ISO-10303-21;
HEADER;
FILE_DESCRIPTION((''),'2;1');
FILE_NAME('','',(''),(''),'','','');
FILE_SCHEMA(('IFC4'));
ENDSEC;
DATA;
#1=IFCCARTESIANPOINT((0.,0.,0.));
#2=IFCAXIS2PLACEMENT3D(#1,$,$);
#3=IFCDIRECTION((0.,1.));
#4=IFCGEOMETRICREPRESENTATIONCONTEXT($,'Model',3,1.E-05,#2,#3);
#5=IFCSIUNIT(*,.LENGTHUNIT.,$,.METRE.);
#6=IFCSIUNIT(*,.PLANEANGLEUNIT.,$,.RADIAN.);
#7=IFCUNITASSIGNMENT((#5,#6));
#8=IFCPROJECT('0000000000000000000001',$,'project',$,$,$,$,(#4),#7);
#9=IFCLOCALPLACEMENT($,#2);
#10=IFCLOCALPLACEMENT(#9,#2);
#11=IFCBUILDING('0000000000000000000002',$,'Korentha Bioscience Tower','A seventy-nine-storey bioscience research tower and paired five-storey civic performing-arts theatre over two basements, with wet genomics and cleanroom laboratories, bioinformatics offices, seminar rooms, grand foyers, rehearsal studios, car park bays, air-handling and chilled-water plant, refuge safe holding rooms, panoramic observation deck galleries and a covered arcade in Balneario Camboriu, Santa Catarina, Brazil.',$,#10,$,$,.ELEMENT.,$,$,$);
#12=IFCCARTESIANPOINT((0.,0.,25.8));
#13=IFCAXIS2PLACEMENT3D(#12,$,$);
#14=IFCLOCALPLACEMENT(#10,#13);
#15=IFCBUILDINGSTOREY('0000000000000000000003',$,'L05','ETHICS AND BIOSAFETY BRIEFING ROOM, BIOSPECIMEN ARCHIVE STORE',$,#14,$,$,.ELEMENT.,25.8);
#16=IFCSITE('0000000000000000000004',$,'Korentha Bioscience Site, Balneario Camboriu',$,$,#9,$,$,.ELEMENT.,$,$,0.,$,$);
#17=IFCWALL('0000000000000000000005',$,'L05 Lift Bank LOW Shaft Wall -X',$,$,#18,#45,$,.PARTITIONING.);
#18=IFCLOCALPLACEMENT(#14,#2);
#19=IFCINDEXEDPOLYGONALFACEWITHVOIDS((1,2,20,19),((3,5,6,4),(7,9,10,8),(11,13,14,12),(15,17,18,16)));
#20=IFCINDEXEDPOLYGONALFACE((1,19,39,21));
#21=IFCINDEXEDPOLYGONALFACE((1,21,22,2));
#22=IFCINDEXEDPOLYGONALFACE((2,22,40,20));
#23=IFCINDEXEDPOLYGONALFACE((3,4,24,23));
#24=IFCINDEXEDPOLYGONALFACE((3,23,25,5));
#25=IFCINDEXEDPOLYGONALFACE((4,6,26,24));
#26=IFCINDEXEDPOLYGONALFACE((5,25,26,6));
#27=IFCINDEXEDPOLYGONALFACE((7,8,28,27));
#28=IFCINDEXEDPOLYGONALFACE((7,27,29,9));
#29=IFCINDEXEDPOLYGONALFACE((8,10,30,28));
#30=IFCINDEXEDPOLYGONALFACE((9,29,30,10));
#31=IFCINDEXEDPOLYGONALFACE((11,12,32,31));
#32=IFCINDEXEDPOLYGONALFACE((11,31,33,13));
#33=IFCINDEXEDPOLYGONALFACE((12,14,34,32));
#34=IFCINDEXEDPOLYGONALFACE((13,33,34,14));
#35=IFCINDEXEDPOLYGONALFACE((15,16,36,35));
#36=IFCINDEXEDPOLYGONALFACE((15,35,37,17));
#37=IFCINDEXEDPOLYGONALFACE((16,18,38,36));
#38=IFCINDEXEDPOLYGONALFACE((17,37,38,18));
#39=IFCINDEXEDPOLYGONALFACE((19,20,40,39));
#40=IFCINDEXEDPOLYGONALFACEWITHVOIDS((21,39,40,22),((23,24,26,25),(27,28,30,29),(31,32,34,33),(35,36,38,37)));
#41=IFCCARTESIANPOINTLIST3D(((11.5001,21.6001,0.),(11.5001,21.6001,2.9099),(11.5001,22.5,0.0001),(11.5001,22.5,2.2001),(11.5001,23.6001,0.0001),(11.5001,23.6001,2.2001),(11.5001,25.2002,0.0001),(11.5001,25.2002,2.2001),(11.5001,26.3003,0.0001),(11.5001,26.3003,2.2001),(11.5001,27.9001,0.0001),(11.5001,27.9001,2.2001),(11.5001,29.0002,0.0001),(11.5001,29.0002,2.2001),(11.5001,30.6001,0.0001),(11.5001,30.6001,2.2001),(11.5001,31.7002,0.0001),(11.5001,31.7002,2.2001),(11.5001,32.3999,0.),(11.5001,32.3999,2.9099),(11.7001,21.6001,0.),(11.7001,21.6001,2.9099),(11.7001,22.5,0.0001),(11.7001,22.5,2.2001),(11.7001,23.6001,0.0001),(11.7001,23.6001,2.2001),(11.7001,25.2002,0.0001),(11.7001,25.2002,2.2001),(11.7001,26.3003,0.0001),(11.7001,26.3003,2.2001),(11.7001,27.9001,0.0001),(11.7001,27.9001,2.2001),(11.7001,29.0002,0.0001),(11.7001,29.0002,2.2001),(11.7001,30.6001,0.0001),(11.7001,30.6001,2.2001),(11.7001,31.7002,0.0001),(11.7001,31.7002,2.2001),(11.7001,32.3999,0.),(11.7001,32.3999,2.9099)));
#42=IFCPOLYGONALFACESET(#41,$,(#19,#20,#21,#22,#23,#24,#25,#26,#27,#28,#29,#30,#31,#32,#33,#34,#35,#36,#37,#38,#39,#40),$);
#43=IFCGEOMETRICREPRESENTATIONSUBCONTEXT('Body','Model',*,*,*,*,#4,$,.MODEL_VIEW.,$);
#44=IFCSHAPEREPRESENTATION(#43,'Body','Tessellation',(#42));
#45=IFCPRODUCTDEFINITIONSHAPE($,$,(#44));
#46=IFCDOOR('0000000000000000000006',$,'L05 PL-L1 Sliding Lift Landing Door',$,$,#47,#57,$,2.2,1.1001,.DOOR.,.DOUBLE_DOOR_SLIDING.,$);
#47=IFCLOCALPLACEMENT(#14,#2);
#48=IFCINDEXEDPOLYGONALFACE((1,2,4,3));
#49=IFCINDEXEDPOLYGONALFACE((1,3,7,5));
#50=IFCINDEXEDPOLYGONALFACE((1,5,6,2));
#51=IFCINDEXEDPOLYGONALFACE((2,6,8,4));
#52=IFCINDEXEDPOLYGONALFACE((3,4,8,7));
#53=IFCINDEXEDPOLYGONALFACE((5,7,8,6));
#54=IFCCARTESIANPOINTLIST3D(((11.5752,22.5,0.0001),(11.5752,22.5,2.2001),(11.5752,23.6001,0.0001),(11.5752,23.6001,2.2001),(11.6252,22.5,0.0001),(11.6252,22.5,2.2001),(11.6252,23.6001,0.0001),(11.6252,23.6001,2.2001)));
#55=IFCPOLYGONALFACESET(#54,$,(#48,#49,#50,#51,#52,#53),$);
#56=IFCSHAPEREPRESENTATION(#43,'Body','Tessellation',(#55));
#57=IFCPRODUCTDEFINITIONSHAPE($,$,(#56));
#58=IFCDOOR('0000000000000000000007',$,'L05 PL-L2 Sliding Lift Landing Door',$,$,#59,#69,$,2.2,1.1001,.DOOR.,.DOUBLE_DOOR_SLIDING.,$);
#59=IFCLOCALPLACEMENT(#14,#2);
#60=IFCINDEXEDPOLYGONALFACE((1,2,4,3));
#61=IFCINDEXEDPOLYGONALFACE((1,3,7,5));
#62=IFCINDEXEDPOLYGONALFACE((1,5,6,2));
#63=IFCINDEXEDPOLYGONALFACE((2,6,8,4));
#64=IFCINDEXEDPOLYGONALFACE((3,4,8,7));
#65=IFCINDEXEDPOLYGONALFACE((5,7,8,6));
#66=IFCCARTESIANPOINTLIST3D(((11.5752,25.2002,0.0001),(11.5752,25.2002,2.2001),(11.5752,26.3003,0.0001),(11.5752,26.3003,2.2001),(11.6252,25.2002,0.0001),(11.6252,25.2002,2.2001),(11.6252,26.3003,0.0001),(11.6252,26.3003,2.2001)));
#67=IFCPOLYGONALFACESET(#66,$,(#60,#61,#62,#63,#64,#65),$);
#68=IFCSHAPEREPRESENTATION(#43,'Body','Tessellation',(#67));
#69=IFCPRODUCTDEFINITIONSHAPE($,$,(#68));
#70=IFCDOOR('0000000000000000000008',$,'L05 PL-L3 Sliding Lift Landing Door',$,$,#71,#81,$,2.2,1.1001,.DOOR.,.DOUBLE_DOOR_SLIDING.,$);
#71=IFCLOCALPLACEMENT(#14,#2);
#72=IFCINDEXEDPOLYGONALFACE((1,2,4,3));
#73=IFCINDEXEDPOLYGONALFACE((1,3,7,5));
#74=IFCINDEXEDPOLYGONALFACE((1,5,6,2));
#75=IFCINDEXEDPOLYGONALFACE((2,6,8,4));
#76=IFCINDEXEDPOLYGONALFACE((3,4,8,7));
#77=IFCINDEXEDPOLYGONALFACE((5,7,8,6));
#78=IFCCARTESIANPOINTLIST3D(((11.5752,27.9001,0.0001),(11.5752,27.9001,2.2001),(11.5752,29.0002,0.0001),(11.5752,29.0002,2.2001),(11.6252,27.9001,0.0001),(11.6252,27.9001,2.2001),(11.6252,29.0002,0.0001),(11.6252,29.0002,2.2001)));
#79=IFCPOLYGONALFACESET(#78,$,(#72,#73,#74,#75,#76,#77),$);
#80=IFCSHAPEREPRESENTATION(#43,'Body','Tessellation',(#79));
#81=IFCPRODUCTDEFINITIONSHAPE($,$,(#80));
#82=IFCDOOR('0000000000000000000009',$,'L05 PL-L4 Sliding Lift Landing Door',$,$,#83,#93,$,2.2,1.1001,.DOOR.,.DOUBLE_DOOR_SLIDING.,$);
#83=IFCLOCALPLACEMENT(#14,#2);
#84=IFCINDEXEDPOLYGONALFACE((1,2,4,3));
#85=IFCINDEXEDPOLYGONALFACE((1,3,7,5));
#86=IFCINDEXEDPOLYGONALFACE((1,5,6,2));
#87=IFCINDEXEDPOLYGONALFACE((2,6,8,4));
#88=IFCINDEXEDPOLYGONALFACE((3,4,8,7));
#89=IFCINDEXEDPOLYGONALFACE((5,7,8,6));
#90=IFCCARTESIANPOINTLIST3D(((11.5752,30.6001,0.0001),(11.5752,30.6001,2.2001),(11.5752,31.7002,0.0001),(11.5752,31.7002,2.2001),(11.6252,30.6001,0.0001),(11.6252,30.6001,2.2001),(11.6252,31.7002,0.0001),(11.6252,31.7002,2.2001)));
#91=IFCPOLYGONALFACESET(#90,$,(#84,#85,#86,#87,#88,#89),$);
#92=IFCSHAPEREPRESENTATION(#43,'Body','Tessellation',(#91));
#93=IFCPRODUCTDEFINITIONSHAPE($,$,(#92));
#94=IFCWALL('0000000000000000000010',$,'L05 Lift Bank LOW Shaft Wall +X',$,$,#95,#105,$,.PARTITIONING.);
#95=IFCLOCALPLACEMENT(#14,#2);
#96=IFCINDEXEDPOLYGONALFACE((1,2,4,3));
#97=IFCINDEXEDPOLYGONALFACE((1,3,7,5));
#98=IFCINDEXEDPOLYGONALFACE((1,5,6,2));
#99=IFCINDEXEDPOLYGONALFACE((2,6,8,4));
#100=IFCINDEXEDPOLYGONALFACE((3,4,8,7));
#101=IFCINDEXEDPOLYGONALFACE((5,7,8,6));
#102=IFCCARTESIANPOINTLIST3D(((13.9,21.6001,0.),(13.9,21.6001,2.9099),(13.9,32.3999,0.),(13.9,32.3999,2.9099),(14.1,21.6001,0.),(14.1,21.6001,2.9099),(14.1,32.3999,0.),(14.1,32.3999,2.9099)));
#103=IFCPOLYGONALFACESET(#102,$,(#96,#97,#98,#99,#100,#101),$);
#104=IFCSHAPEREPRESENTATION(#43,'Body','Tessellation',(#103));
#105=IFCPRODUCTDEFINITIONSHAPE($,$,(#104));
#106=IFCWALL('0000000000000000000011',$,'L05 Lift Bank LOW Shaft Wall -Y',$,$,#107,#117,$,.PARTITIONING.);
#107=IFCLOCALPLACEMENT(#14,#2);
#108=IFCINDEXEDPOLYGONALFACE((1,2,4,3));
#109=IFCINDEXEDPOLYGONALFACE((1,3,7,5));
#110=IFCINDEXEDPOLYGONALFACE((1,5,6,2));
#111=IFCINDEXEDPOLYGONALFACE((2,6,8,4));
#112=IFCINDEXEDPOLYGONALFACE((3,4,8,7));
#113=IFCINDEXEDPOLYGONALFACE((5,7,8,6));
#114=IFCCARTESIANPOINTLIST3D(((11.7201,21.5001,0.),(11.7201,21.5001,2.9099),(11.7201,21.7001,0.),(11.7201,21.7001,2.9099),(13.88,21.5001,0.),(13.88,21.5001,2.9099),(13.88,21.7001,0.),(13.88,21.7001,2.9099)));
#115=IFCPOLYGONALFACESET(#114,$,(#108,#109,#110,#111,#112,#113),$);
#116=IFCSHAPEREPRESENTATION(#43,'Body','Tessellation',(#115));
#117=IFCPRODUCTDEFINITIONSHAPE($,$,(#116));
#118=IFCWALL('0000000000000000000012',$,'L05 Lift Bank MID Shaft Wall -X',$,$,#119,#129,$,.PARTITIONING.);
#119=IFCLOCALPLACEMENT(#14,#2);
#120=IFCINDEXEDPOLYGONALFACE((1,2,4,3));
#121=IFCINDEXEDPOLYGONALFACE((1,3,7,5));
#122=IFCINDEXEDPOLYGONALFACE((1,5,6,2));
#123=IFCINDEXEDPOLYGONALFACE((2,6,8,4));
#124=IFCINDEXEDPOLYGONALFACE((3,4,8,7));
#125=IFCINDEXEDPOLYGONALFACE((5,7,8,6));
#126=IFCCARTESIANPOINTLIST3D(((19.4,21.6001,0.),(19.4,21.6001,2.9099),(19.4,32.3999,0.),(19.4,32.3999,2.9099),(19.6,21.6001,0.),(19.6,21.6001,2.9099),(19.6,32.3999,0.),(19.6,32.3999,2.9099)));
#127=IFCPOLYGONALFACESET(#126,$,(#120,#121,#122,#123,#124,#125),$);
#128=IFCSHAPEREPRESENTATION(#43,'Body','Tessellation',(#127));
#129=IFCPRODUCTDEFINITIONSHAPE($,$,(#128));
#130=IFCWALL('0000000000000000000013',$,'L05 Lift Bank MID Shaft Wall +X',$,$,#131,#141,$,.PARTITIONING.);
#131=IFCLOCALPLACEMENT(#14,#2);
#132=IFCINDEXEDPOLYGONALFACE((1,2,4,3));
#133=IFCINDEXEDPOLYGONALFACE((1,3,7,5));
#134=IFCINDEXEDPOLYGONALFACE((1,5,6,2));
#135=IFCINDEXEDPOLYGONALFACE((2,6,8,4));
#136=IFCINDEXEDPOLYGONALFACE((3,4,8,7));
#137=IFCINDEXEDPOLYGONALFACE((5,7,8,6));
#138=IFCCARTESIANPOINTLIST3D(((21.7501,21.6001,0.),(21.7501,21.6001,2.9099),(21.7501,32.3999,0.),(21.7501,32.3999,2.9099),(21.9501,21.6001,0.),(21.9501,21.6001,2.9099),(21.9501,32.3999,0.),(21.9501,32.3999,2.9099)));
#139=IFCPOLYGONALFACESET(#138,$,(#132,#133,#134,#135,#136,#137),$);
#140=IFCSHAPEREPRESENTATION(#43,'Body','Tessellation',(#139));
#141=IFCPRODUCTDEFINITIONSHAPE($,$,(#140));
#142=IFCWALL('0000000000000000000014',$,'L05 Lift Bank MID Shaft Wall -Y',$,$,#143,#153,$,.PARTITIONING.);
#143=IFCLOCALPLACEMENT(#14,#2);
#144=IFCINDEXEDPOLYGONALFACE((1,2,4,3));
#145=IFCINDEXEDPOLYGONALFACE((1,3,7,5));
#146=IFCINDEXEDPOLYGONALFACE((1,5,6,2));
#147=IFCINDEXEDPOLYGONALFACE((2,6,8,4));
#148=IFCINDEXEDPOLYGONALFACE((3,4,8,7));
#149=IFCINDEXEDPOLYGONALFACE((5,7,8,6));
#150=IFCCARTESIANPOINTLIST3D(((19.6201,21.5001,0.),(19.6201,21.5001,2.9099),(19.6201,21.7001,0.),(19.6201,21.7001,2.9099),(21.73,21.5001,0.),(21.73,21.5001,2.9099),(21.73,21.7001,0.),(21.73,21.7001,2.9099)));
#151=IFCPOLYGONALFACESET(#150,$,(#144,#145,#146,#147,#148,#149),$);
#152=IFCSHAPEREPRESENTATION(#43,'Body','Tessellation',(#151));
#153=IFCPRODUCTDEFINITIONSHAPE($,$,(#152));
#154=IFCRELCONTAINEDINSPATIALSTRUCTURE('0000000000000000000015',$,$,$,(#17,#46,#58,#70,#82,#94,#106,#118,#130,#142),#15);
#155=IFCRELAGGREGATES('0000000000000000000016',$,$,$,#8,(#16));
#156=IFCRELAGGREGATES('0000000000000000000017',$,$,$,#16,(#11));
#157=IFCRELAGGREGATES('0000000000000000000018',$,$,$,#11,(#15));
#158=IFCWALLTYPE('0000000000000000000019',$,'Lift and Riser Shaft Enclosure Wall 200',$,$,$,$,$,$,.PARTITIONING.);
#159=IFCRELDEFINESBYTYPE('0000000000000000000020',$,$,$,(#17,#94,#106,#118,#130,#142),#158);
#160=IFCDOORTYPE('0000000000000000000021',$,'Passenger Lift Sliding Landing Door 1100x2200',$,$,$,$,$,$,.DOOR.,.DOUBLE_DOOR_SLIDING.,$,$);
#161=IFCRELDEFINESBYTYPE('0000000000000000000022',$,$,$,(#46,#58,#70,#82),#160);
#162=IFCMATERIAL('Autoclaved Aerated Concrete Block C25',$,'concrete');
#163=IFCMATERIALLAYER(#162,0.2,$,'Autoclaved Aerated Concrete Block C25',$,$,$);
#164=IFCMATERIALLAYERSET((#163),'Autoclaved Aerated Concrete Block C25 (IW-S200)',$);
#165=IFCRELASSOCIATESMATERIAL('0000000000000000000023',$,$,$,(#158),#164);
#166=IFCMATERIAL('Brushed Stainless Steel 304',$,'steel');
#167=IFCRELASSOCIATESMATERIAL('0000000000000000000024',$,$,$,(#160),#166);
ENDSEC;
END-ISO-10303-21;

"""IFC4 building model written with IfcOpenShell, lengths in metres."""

from ifc_helpers import new_model, si_unit, direction, frame, frame_2d, origin, place, context, subcontext, project, spatial, rectangle, extrude, material, layer, layer_set, type_object, element, fill, save


model = new_model("IFC4")

# Units and contexts
model_context = context("Model", 3, precision=1e-05, world=origin(), true_north=direction((0.0, 1.0)))
body_context = subcontext(model_context, "Body", "Model", "MODEL_VIEW")
ifc_project = project(units=[si_unit("LENGTHUNIT", "METRE"), si_unit("PLANEANGLEUNIT", "RADIAN")], contexts=[model_context])

# Site, building, storey
site_placement = place(None, origin())
site = spatial("IfcSite", under=ifc_project, at=site_placement, Name="Korentha Bioscience Site, Balneario Camboriu", CompositionType="ELEMENT", RefElevation=0.0)
building_placement = place(site_placement, origin())
building = spatial("IfcBuilding", under=site, at=building_placement, Name="Korentha Bioscience Tower", Description="A seventy-nine-storey bioscience research tower and paired five-storey civic performing-arts theatre over two basements, with wet genomics and cleanroom laboratories, bioinformatics offices, seminar rooms, grand foyers, rehearsal studios, car park bays, air-handling and chilled-water plant, refuge safe holding rooms, panoramic observation deck galleries and a covered arcade in Balneario Camboriu, Santa Catarina, Brazil.", CompositionType="ELEMENT")
storey_placement = place(building_placement, frame((0.0, 0.0, 25.8)))
storey = spatial("IfcBuildingStorey", under=building, at=storey_placement, Name="L05", Description="ETHICS AND BIOSAFETY BRIEFING ROOM, BIOSPECIMEN ARCHIVE STORE", CompositionType="ELEMENT", Elevation=25.8)

# Wall, openings, doors
ifc_material_1 = material(Name="Autoclaved Aerated Concrete Block C25", Category="concrete")
ifc_layer_1 = layer(ifc_material_1, 0.2, Name="Autoclaved Aerated Concrete Block C25")
ifc_layer_set_1 = layer_set([ifc_layer_1], Name="Autoclaved Aerated Concrete Block C25 (IW-S200)")
wall_type_1 = type_object("IfcWallType", Name="Lift and Riser Shaft Enclosure Wall 200", PredefinedType="PARTITIONING", material=ifc_layer_set_1)
wall_1_placement = place(storey_placement, frame((11.6001, 21.6001, 0.0), z_axis=(0.0, 0.0, 1.0), x_axis=(0.0, 1.0, 0.0)))
wall_1 = element("IfcWall", 1, at=wall_1_placement, inside=storey, type_object=wall_type_1, Name="L05 Lift Bank LOW Shaft Wall -X", PredefinedType="PARTITIONING", context=body_context, shape_type="SweptSolid", body=[
    extrude(rectangle(XDim=10.7998, YDim=0.2, at=frame_2d((5.3999, 0.0))), origin(), (0.0, 0.0, 1.0), 2.9099),
])
opening_1_placement = place(wall_1_placement, frame((0.8999, 0.0, 0.0)))
opening_1 = element("IfcOpeningElement", 2, at=opening_1_placement, cuts=wall_1, PredefinedType="OPENING", context=body_context, shape_type="SweptSolid", body=[
    extrude(rectangle(XDim=1.1001, YDim=2.2, at=frame_2d((0.55, 1.1001))), frame((0.0, 0.1147, 0.0), z_axis=(0.0, -1.0, 0.0), x_axis=(1.0, 0.0, 0.0)), (0.0, 0.0, 1.0), 0.2297),
])
opening_2_placement = place(wall_1_placement, frame((3.6001, 0.0, 0.0)))
opening_2 = element("IfcOpeningElement", 3, at=opening_2_placement, cuts=wall_1, PredefinedType="OPENING", context=body_context, shape_type="SweptSolid", body=[
    extrude(rectangle(XDim=1.1001, YDim=2.2, at=frame_2d((0.55, 1.1001))), frame((0.0, 0.1147, 0.0), z_axis=(0.0, -1.0, 0.0), x_axis=(1.0, 0.0, 0.0)), (0.0, 0.0, 1.0), 0.2297),
])
opening_3_placement = place(wall_1_placement, frame((6.3, 0.0, 0.0)))
opening_3 = element("IfcOpeningElement", 4, at=opening_3_placement, cuts=wall_1, PredefinedType="OPENING", context=body_context, shape_type="SweptSolid", body=[
    extrude(rectangle(XDim=1.1001, YDim=2.2, at=frame_2d((0.55, 1.1001))), frame((0.0, 0.1147, 0.0), z_axis=(0.0, -1.0, 0.0), x_axis=(1.0, 0.0, 0.0)), (0.0, 0.0, 1.0), 0.2297),
])
opening_4_placement = place(wall_1_placement, frame((9.0, 0.0, 0.0)))
opening_4 = element("IfcOpeningElement", 5, at=opening_4_placement, cuts=wall_1, PredefinedType="OPENING", context=body_context, shape_type="SweptSolid", body=[
    extrude(rectangle(XDim=1.1001, YDim=2.2, at=frame_2d((0.55, 1.1001))), frame((0.0, 0.1147, 0.0), z_axis=(0.0, -1.0, 0.0), x_axis=(1.0, 0.0, 0.0)), (0.0, 0.0, 1.0), 0.2297),
])
ifc_material_2 = material(Name="Brushed Stainless Steel 304", Category="steel")
door_type_1 = type_object("IfcDoorType", Name="Passenger Lift Sliding Landing Door 1100x2200", OperationType="DOUBLE_DOOR_SLIDING", PredefinedType="DOOR", material=ifc_material_2)
door_1_placement = place(opening_1_placement, origin())
door_1 = element("IfcDoor", 6, at=door_1_placement, inside=storey, type_object=door_type_1, Name="L05 PL-L1 Sliding Lift Landing Door", OperationType="DOUBLE_DOOR_SLIDING", OverallHeight=2.2, OverallWidth=1.1001, PredefinedType="DOOR", context=body_context, shape_type="SweptSolid", body=[
    extrude(rectangle(XDim=1.1001, YDim=2.2, at=frame_2d((0.55, 1.1001))), frame((0.0, 0.0249, 0.0), z_axis=(0.0, -1.0, 0.0), x_axis=(1.0, 0.0, 0.0)), (0.0, 0.0, 1.0), 0.05),
])
fill(opening_1, door_1)
door_2_placement = place(opening_2_placement, origin())
door_2 = element("IfcDoor", 7, at=door_2_placement, inside=storey, type_object=door_type_1, Name="L05 PL-L2 Sliding Lift Landing Door", OperationType="DOUBLE_DOOR_SLIDING", OverallHeight=2.2, OverallWidth=1.1001, PredefinedType="DOOR", context=body_context, shape_type="SweptSolid", body=[
    extrude(rectangle(XDim=1.1001, YDim=2.2, at=frame_2d((0.55, 1.1001))), frame((0.0, 0.0249, 0.0), z_axis=(0.0, -1.0, 0.0), x_axis=(1.0, 0.0, 0.0)), (0.0, 0.0, 1.0), 0.05),
])
fill(opening_2, door_2)
door_3_placement = place(opening_3_placement, origin())
door_3 = element("IfcDoor", 8, at=door_3_placement, inside=storey, type_object=door_type_1, Name="L05 PL-L3 Sliding Lift Landing Door", OperationType="DOUBLE_DOOR_SLIDING", OverallHeight=2.2, OverallWidth=1.1001, PredefinedType="DOOR", context=body_context, shape_type="SweptSolid", body=[
    extrude(rectangle(XDim=1.1001, YDim=2.2, at=frame_2d((0.55, 1.1001))), frame((0.0, 0.0249, 0.0), z_axis=(0.0, -1.0, 0.0), x_axis=(1.0, 0.0, 0.0)), (0.0, 0.0, 1.0), 0.05),
])
fill(opening_3, door_3)
door_4_placement = place(opening_4_placement, origin())
door_4 = element("IfcDoor", 9, at=door_4_placement, inside=storey, type_object=door_type_1, Name="L05 PL-L4 Sliding Lift Landing Door", OperationType="DOUBLE_DOOR_SLIDING", OverallHeight=2.2, OverallWidth=1.1001, PredefinedType="DOOR", context=body_context, shape_type="SweptSolid", body=[
    extrude(rectangle(XDim=1.1001, YDim=2.2, at=frame_2d((0.55, 1.1001))), frame((0.0, 0.0249, 0.0), z_axis=(0.0, -1.0, 0.0), x_axis=(1.0, 0.0, 0.0)), (0.0, 0.0, 1.0), 0.05),
])
fill(opening_4, door_4)

# Walls
wall_2_placement = place(storey_placement, frame((14.0, 21.6001, 0.0), z_axis=(0.0, 0.0, 1.0), x_axis=(0.0, 1.0, 0.0)))
element("IfcWall", 10, at=wall_2_placement, inside=storey, type_object=wall_type_1, Name="L05 Lift Bank LOW Shaft Wall +X", PredefinedType="PARTITIONING", context=body_context, shape_type="SweptSolid", body=[
    extrude(rectangle(XDim=10.7998, YDim=0.2, at=frame_2d((5.3999, 0.0))), origin(), (0.0, 0.0, 1.0), 2.9099),
])
wall_3_placement = place(storey_placement, frame((11.72, 21.6001, 0.0), z_axis=(0.0, 0.0, 1.0), x_axis=(1.0, 0.0, 0.0)))
element("IfcWall", 11, at=wall_3_placement, inside=storey, type_object=wall_type_1, Name="L05 Lift Bank LOW Shaft Wall -Y", PredefinedType="PARTITIONING", context=body_context, shape_type="SweptSolid", body=[
    extrude(rectangle(XDim=2.1599, YDim=0.2, at=frame_2d((1.0801, 0.0))), origin(), (0.0, 0.0, 1.0), 2.9099),
])
for number, where, z_axis, x_axis, name in (
    (12, (19.5, 21.6001, 0.0), (0.0, 0.0, 1.0), (0.0, 1.0, 0.0), "L05 Lift Bank MID Shaft Wall -X"),
    (13, (21.8501, 21.6001, 0.0), (0.0, 0.0, 1.0), (0.0, 1.0, 0.0), "L05 Lift Bank MID Shaft Wall +X"),
):
    element("IfcWall", number, at=place(storey_placement, frame(where, z_axis=z_axis, x_axis=x_axis)), inside=storey, type_object=wall_type_1, Name=name, PredefinedType="PARTITIONING", context=body_context, shape_type="SweptSolid", body=[
        extrude(rectangle(XDim=10.7998, YDim=0.2, at=frame_2d((5.3999, 0.0))), origin(), (0.0, 0.0, 1.0), 2.9099),
    ])
wall_4_placement = place(storey_placement, frame((19.6201, 21.6001, 0.0), z_axis=(0.0, 0.0, 1.0), x_axis=(1.0, 0.0, 0.0)))
element("IfcWall", 14, at=wall_4_placement, inside=storey, type_object=wall_type_1, Name="L05 Lift Bank MID Shaft Wall -Y", PredefinedType="PARTITIONING", context=body_context, shape_type="SweptSolid", body=[
    extrude(rectangle(XDim=2.1099, YDim=0.2, at=frame_2d((1.0549, 0.0))), origin(), (0.0, 0.0, 1.0), 2.9099),
])

save(model, "model.ifc")
